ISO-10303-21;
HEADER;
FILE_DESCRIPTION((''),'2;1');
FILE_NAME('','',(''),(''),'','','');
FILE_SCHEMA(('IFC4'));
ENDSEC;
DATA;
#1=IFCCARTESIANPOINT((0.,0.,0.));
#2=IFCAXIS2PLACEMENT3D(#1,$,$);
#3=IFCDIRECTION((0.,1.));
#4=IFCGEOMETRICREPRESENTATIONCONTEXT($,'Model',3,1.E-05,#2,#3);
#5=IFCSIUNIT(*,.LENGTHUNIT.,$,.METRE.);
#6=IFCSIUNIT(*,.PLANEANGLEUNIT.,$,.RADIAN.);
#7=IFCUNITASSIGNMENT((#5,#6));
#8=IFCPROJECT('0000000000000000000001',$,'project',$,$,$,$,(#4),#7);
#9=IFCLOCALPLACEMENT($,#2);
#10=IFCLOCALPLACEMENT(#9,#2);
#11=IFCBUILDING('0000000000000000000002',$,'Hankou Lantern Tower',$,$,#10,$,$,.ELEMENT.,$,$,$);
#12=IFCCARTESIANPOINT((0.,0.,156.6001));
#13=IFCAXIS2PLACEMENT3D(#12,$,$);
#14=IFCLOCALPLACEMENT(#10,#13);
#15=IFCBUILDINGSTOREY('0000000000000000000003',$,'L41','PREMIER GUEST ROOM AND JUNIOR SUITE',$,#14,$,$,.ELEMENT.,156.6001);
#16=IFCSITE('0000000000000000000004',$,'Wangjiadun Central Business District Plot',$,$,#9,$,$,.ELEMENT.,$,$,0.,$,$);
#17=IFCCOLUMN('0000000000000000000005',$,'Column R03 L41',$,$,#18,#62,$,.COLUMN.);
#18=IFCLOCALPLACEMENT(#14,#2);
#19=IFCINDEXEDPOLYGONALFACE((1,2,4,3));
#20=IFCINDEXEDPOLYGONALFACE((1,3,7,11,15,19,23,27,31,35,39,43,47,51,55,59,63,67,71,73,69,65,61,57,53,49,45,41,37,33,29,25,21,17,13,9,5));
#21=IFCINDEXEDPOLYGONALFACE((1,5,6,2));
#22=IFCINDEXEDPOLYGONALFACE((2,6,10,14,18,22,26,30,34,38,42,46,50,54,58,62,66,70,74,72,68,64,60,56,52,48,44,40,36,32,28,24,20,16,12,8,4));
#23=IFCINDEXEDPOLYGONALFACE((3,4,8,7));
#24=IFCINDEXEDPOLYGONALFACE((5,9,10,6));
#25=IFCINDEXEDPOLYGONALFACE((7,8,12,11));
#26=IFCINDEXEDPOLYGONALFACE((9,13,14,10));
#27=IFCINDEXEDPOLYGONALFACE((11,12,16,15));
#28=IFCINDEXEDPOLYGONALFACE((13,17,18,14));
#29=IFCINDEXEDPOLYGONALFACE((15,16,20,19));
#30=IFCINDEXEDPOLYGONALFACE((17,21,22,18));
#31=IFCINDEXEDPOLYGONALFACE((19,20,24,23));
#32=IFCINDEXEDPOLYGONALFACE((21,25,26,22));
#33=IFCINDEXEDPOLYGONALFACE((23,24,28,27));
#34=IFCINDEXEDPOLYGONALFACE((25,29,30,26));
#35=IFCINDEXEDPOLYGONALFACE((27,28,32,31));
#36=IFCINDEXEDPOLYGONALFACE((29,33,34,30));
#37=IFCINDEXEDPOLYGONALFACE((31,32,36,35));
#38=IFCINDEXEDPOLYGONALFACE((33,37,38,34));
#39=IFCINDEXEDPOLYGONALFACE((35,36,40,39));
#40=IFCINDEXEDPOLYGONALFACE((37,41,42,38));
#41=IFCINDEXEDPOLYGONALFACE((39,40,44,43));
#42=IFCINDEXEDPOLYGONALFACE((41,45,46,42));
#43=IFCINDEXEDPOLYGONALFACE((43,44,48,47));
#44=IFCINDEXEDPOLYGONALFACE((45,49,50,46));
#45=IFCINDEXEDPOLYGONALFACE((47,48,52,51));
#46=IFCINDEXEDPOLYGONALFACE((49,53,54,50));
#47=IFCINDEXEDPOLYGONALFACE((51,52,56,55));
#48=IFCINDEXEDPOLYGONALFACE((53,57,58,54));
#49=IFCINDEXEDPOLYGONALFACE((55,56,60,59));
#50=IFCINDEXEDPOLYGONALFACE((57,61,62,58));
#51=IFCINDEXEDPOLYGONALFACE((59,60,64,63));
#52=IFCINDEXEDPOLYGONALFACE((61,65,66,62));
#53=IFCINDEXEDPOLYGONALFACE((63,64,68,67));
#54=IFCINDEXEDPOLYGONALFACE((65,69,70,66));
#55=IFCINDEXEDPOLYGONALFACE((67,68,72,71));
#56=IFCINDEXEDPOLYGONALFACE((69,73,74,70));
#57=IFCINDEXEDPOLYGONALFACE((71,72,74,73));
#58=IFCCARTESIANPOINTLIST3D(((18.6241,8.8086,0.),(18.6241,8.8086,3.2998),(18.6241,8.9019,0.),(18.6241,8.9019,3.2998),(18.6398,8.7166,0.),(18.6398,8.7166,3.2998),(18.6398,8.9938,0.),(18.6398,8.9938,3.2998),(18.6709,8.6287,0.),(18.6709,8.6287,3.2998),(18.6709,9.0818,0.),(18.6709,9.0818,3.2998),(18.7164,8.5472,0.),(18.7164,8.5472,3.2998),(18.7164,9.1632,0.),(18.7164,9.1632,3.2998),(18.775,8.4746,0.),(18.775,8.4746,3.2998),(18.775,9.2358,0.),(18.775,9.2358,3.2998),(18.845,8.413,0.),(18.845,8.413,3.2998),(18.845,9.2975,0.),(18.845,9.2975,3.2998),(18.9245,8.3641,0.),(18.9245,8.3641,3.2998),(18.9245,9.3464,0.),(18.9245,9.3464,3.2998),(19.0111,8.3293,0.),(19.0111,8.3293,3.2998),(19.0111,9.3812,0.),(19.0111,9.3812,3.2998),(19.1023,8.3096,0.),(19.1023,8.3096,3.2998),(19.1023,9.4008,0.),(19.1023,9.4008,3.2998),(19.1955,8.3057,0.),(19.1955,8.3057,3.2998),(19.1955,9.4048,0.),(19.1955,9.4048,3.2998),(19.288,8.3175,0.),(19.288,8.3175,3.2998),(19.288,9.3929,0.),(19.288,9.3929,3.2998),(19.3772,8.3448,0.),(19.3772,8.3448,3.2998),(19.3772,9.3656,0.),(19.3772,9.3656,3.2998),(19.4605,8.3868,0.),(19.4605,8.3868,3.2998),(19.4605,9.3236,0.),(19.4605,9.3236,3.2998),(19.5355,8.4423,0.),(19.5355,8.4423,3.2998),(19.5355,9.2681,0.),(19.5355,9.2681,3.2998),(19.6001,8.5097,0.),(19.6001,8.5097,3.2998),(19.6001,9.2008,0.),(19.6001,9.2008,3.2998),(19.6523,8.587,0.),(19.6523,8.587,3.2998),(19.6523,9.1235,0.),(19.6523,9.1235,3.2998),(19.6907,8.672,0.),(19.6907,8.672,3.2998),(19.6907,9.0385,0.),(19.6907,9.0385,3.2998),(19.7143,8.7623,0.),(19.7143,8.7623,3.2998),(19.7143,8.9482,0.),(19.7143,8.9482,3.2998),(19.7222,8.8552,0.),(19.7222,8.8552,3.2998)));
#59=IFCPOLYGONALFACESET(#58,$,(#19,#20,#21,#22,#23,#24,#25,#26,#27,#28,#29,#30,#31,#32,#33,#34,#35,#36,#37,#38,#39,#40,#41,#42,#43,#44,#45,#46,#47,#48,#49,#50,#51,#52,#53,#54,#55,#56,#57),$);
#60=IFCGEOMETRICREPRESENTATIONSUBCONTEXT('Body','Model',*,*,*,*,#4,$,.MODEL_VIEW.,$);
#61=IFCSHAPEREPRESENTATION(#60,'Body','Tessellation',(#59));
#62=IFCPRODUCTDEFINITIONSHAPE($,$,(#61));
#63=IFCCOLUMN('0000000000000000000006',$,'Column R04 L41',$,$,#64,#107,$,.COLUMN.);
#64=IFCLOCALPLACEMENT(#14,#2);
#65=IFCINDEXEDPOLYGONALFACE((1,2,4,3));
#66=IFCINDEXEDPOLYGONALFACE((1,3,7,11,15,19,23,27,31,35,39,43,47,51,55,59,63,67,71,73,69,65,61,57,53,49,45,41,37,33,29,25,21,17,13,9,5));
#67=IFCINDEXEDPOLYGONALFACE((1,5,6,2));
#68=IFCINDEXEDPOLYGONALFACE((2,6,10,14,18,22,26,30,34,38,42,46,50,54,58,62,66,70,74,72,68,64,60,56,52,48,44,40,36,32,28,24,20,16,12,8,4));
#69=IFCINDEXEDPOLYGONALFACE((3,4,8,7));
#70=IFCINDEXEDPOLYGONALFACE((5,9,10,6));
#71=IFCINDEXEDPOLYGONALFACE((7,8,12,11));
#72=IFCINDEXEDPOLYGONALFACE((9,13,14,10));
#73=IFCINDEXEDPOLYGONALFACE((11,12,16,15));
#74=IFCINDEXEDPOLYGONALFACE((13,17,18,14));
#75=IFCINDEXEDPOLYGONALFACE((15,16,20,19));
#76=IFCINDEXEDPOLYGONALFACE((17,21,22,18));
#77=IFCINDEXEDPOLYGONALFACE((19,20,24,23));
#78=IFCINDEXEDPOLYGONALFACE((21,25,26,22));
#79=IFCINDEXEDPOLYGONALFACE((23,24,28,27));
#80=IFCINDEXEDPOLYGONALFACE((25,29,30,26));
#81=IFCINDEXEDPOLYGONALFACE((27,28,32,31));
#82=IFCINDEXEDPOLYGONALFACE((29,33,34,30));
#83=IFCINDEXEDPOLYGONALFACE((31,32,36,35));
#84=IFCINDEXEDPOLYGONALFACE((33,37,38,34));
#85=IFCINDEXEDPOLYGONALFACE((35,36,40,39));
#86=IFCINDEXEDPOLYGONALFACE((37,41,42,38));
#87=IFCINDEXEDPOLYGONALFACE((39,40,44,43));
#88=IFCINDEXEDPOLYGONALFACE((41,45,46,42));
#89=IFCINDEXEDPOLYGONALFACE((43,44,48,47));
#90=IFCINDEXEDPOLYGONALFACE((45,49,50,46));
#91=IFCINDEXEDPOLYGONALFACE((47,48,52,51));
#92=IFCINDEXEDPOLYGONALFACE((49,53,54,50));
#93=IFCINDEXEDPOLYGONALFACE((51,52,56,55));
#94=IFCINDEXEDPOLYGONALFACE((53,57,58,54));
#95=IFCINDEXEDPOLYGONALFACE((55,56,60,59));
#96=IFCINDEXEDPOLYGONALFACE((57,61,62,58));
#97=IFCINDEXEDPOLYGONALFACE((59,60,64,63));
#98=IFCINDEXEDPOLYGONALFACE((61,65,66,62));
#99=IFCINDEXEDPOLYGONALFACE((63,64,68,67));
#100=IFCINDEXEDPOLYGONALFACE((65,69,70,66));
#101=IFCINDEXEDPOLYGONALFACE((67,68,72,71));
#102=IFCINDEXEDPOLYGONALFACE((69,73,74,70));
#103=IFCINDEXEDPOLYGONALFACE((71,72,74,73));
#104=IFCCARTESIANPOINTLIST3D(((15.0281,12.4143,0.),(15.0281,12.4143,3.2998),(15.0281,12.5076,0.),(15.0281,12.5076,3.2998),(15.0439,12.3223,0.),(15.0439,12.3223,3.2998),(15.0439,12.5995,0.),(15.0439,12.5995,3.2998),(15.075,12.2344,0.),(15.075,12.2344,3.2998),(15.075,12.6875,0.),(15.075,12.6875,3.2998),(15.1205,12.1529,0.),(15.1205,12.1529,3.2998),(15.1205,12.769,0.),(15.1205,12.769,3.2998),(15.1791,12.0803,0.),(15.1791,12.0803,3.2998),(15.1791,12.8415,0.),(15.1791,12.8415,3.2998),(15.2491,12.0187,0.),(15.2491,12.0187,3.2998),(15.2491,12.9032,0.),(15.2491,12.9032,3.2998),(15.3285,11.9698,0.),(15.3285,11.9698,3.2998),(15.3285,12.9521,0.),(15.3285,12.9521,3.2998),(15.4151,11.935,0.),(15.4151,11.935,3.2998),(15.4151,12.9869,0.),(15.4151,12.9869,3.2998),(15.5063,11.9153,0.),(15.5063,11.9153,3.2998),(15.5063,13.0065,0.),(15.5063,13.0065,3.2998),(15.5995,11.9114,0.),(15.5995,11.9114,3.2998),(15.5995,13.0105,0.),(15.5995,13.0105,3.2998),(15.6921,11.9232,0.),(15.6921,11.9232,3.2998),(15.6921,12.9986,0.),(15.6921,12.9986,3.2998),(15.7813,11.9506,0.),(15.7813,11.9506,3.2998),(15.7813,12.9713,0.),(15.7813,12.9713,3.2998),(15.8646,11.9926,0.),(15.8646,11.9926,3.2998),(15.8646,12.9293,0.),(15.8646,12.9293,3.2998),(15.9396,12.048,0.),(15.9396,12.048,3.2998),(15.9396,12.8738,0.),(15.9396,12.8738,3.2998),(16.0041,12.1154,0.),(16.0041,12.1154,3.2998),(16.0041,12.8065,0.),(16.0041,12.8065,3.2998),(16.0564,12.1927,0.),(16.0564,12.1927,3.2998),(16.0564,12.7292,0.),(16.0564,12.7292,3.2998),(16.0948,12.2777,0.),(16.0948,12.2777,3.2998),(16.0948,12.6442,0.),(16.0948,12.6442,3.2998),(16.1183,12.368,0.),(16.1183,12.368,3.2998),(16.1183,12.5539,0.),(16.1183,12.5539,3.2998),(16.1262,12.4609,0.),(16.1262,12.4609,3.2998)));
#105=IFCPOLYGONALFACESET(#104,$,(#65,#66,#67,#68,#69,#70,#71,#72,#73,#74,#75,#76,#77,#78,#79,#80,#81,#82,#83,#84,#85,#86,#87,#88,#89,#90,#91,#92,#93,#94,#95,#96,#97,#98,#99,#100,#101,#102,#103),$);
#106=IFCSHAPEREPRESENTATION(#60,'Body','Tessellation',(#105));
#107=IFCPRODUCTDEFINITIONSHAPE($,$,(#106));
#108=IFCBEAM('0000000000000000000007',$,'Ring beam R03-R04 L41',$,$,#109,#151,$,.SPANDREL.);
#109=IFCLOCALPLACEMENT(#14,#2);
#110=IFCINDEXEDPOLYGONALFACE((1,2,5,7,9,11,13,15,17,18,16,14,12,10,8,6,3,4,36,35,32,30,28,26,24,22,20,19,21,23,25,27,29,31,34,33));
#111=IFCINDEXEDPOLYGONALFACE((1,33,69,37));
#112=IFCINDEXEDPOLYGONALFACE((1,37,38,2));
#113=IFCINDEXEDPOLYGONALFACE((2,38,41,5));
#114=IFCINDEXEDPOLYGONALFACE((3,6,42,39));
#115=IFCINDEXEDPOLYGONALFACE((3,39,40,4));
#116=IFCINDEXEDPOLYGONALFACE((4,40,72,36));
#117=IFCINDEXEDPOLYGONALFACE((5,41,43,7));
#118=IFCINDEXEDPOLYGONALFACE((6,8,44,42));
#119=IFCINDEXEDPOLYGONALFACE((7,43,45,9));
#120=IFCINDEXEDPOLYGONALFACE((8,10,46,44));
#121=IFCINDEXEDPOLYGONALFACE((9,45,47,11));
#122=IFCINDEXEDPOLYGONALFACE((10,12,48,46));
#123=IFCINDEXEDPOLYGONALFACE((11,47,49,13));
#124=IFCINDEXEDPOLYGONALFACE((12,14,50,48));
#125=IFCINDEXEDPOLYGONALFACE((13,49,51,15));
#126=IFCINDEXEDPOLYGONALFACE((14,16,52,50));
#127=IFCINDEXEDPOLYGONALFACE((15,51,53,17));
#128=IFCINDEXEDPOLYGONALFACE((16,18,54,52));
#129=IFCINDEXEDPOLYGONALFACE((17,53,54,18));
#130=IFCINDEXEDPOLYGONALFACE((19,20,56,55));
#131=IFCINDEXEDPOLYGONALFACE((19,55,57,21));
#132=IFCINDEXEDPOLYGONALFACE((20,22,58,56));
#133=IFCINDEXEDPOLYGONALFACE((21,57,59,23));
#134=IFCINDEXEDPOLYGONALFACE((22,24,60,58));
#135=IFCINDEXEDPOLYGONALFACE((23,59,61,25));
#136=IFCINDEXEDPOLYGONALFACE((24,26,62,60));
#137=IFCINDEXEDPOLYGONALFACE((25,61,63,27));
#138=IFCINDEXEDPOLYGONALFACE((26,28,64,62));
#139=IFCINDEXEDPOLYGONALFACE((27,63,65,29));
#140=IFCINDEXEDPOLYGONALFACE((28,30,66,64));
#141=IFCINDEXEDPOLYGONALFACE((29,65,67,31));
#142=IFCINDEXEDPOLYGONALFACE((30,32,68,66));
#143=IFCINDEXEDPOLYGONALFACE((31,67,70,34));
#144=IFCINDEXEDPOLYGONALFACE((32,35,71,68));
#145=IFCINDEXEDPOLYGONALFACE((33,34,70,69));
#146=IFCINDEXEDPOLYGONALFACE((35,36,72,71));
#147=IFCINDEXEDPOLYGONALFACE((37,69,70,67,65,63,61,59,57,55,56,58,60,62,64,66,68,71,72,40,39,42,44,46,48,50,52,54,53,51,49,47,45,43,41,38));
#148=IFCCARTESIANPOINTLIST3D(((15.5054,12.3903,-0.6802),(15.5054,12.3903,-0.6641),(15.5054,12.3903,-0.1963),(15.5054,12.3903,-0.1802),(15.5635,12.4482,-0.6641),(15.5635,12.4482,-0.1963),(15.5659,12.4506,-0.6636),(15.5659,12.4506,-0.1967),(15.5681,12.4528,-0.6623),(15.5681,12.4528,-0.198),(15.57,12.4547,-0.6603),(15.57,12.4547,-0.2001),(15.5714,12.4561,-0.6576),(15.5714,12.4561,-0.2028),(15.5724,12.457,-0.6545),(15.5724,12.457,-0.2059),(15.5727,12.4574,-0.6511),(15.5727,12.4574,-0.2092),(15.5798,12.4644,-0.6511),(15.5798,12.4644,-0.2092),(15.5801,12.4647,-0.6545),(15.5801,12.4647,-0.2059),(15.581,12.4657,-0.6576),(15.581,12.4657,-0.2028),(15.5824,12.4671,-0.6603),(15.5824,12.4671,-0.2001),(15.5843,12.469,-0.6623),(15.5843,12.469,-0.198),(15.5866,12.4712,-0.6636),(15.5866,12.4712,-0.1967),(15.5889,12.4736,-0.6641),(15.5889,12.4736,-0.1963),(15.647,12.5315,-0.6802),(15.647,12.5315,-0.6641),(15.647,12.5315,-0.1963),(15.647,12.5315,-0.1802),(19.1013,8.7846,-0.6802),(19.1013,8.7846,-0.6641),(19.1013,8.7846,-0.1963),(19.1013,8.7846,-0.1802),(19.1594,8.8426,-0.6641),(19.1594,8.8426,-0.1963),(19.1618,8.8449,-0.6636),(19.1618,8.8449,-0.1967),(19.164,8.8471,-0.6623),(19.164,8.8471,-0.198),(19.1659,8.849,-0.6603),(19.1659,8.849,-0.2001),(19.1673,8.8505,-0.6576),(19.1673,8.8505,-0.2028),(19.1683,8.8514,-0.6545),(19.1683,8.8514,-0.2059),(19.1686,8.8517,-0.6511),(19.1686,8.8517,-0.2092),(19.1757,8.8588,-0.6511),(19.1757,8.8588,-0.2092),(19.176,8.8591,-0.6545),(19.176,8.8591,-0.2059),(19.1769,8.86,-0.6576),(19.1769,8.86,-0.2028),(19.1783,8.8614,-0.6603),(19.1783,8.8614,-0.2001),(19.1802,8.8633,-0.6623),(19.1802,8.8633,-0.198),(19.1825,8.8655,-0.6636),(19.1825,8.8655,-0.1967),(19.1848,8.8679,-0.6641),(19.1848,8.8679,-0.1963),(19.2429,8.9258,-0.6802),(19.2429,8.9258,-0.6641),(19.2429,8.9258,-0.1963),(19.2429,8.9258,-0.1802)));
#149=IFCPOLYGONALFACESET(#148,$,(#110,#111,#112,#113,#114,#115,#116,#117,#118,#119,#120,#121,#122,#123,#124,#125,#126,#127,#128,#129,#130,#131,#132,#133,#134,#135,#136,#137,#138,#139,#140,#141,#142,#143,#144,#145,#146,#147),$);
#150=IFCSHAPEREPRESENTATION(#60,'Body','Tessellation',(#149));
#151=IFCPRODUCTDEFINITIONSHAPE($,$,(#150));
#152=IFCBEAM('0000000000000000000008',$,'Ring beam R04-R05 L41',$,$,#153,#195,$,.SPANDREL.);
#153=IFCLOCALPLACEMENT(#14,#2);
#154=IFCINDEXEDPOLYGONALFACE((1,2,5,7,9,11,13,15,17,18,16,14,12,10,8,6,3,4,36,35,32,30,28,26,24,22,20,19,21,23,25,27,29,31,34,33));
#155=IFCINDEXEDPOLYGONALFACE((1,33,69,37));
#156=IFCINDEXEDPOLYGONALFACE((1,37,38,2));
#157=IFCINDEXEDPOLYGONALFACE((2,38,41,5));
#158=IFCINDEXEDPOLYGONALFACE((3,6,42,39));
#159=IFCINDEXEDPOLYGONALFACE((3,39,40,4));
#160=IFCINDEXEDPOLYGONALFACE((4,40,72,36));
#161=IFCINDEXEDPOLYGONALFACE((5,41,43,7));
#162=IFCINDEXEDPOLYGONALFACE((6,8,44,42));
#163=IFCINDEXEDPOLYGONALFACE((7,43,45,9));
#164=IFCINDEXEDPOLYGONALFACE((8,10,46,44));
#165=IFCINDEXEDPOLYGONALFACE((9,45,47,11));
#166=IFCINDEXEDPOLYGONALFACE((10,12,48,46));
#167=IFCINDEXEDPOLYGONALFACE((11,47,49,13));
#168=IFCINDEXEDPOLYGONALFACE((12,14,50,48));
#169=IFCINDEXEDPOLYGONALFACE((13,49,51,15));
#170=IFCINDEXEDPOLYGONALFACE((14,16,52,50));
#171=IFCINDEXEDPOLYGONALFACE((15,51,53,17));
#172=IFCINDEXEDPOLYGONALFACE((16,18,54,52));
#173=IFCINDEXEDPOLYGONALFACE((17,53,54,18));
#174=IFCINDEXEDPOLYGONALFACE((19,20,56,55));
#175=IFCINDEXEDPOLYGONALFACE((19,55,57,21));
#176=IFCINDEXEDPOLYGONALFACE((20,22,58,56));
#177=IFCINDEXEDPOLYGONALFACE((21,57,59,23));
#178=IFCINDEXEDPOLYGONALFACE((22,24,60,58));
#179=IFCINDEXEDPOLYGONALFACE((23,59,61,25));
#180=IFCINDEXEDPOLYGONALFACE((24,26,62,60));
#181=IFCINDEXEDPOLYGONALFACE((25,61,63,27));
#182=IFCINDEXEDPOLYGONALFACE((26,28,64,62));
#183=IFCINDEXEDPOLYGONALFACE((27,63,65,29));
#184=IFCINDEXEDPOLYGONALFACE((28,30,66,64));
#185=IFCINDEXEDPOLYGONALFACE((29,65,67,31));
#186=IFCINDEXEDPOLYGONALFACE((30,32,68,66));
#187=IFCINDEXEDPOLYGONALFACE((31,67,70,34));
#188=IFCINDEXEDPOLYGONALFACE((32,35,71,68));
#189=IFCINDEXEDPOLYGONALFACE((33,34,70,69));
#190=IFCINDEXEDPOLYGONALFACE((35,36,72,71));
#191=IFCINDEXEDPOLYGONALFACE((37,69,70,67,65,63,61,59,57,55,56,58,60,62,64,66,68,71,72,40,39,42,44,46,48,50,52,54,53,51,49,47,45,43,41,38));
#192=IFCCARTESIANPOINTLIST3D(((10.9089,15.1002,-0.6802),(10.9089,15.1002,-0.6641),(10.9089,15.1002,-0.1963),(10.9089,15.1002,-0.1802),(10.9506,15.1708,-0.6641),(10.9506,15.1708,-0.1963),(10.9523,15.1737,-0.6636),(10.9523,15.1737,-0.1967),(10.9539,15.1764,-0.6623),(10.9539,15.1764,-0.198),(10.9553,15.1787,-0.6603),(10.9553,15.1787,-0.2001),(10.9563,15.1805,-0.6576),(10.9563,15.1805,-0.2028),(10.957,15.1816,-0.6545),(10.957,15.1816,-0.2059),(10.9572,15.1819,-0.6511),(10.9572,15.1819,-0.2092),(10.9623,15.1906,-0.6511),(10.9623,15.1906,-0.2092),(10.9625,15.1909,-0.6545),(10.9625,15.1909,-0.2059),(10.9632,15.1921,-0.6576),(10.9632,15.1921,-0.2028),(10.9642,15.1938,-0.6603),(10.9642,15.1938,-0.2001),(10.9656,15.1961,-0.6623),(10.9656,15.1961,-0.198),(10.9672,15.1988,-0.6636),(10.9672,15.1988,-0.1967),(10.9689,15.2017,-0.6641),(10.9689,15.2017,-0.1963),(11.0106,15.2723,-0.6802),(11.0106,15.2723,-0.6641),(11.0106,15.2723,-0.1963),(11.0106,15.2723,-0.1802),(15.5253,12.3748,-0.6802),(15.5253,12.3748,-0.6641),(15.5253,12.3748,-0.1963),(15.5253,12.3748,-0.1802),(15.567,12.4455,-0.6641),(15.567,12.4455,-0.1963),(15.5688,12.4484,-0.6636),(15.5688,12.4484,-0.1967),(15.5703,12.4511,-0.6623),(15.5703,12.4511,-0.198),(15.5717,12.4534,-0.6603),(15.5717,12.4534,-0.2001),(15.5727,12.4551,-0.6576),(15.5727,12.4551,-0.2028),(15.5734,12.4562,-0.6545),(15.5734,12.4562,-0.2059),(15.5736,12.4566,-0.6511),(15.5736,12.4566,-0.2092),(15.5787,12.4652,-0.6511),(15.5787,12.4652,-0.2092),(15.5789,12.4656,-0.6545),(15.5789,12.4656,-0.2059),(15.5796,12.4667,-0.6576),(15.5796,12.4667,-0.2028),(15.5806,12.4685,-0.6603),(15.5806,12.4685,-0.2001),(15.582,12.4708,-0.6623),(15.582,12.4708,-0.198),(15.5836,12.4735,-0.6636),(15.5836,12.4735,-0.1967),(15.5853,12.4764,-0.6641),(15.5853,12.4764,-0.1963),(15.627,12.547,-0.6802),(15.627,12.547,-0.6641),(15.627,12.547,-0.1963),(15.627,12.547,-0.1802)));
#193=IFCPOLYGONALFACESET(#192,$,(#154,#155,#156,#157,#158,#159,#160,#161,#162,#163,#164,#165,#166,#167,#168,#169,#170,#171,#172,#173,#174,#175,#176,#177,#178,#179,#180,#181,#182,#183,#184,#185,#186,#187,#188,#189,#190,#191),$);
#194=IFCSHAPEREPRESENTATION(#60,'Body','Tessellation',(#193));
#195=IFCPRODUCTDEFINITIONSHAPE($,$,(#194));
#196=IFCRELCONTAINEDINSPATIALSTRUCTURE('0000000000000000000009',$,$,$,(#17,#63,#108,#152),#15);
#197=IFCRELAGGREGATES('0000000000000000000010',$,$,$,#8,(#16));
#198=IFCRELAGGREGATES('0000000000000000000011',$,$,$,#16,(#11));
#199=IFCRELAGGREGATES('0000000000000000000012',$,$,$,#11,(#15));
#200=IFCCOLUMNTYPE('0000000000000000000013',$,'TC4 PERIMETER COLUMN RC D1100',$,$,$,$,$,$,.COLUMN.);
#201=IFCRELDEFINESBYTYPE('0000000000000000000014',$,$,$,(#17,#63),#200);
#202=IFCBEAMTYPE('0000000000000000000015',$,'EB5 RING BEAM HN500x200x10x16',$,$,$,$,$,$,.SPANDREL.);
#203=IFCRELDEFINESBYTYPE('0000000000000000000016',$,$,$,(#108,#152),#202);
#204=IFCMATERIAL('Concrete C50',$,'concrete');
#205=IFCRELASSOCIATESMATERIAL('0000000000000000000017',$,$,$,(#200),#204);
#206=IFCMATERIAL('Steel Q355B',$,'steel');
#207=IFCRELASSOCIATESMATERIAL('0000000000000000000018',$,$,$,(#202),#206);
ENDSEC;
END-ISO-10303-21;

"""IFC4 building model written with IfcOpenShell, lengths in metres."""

from ifc_helpers import new_model, si_unit, direction, frame, origin, origin_2d, place, context, subcontext, project, spatial, circle, i_section, extrude, material, material_profile, profile_set, type_object, element, save


model = new_model("IFC4")

# Units and contexts
model_context = context("Model", 3, precision=1e-05, world=origin(), true_north=direction((0.0, 1.0)))
body_context = subcontext(model_context, "Body", "Model", "MODEL_VIEW")
ifc_project = project(units=[si_unit("LENGTHUNIT", "METRE"), si_unit("PLANEANGLEUNIT", "RADIAN")], contexts=[model_context])

# Site, building, storey
site_placement = place(None, origin())
site = spatial("IfcSite", under=ifc_project, at=site_placement, Name="Wangjiadun Central Business District Plot", CompositionType="ELEMENT", RefElevation=0.0)
building_placement = place(site_placement, origin())
building = spatial("IfcBuilding", under=site, at=building_placement, Name="Hankou Lantern Tower", CompositionType="ELEMENT")
storey_placement = place(building_placement, frame((0.0, 0.0, 156.6001)))
storey = spatial("IfcBuildingStorey", under=building, at=storey_placement, Name="L41", Description="PREMIER GUEST ROOM AND JUNIOR SUITE", CompositionType="ELEMENT", Elevation=156.6001)

# Columns
ifc_material_1 = material(Name="Concrete C50", Category="concrete")
ifc_material_profile_1 = material_profile(ifc_material_1, circle(Radius=0.55, at=origin_2d()), Name="RC D1100")
ifc_profile_set_1 = profile_set([ifc_material_profile_1], Name="Concrete C50")
column_type = type_object("IfcColumnType", Name="TC4 PERIMETER COLUMN RC D1100", PredefinedType="COLUMN", material=ifc_profile_set_1)
for number, where, z_axis, x_axis, name in (
    (1, (19.1721, 8.8552, 0.0), (0.0, 0.0, 1.0), (1.0, 0.0, 0.0), "Column R03 L41"),
    (2, (15.5762, 12.4609, 0.0), (0.0, 0.0, 1.0), (1.0, 0.0, 0.0), "Column R04 L41"),
):
    element("IfcColumn", number, at=place(storey_placement, frame(where, z_axis=z_axis, x_axis=x_axis)), inside=storey, type_object=column_type, Name=name, PredefinedType="COLUMN", context=body_context, shape_type="SweptSolid", body=[
        extrude(circle(Radius=0.55, at=origin_2d()), origin(), (0.0, 0.0, 1.0), 3.2998),
    ])

# Beams
ifc_material_2 = material(Name="Steel Q355B", Category="steel")
ifc_material_profile_2 = material_profile(ifc_material_2, i_section(OverallWidth=0.2, OverallDepth=0.5, WebThickness=0.01, FlangeThickness=0.0161, FilletRadius=0.0129, at=origin_2d()), Name="HN500x200x10x16")
ifc_profile_set_2 = profile_set([ifc_material_profile_2], Name="Steel Q355B")
beam_type_1 = type_object("IfcBeamType", Name="EB5 RING BEAM HN500x200x10x16", PredefinedType="SPANDREL", material=ifc_profile_set_2)
beam_1_placement = place(storey_placement, frame((19.1721, 8.8552, -0.4302), z_axis=(-0.706147, 0.708065, 0.0), x_axis=(-0.708065, -0.706147, 0.0)))
element("IfcBeam", 3, at=beam_1_placement, inside=storey, type_object=beam_type_1, Name="Ring beam R03-R04 L41", PredefinedType="SPANDREL", context=body_context, shape_type="SweptSolid", body=[
    extrude(i_section(OverallWidth=0.2, OverallDepth=0.5, WebThickness=0.01, FlangeThickness=0.0161, FilletRadius=0.0129, at=origin_2d()), origin(), (0.0, 0.0, 1.0), 5.0923),
])
beam_2_placement = place(storey_placement, frame((15.5762, 12.4609, -0.4302), z_axis=(-0.861136, 0.508375, 0.0), x_axis=(-0.508375, -0.861136, 0.0)))
element("IfcBeam", 4, at=beam_2_placement, inside=storey, type_object=beam_type_1, Name="Ring beam R04-R05 L41", PredefinedType="SPANDREL", context=body_context, shape_type="SweptSolid", body=[
    extrude(i_section(OverallWidth=0.2, OverallDepth=0.5, WebThickness=0.01, FlangeThickness=0.0161, FilletRadius=0.0129, at=origin_2d()), origin(), (0.0, 0.0, 1.0), 5.3608),
])

save(model, "model.ifc")
